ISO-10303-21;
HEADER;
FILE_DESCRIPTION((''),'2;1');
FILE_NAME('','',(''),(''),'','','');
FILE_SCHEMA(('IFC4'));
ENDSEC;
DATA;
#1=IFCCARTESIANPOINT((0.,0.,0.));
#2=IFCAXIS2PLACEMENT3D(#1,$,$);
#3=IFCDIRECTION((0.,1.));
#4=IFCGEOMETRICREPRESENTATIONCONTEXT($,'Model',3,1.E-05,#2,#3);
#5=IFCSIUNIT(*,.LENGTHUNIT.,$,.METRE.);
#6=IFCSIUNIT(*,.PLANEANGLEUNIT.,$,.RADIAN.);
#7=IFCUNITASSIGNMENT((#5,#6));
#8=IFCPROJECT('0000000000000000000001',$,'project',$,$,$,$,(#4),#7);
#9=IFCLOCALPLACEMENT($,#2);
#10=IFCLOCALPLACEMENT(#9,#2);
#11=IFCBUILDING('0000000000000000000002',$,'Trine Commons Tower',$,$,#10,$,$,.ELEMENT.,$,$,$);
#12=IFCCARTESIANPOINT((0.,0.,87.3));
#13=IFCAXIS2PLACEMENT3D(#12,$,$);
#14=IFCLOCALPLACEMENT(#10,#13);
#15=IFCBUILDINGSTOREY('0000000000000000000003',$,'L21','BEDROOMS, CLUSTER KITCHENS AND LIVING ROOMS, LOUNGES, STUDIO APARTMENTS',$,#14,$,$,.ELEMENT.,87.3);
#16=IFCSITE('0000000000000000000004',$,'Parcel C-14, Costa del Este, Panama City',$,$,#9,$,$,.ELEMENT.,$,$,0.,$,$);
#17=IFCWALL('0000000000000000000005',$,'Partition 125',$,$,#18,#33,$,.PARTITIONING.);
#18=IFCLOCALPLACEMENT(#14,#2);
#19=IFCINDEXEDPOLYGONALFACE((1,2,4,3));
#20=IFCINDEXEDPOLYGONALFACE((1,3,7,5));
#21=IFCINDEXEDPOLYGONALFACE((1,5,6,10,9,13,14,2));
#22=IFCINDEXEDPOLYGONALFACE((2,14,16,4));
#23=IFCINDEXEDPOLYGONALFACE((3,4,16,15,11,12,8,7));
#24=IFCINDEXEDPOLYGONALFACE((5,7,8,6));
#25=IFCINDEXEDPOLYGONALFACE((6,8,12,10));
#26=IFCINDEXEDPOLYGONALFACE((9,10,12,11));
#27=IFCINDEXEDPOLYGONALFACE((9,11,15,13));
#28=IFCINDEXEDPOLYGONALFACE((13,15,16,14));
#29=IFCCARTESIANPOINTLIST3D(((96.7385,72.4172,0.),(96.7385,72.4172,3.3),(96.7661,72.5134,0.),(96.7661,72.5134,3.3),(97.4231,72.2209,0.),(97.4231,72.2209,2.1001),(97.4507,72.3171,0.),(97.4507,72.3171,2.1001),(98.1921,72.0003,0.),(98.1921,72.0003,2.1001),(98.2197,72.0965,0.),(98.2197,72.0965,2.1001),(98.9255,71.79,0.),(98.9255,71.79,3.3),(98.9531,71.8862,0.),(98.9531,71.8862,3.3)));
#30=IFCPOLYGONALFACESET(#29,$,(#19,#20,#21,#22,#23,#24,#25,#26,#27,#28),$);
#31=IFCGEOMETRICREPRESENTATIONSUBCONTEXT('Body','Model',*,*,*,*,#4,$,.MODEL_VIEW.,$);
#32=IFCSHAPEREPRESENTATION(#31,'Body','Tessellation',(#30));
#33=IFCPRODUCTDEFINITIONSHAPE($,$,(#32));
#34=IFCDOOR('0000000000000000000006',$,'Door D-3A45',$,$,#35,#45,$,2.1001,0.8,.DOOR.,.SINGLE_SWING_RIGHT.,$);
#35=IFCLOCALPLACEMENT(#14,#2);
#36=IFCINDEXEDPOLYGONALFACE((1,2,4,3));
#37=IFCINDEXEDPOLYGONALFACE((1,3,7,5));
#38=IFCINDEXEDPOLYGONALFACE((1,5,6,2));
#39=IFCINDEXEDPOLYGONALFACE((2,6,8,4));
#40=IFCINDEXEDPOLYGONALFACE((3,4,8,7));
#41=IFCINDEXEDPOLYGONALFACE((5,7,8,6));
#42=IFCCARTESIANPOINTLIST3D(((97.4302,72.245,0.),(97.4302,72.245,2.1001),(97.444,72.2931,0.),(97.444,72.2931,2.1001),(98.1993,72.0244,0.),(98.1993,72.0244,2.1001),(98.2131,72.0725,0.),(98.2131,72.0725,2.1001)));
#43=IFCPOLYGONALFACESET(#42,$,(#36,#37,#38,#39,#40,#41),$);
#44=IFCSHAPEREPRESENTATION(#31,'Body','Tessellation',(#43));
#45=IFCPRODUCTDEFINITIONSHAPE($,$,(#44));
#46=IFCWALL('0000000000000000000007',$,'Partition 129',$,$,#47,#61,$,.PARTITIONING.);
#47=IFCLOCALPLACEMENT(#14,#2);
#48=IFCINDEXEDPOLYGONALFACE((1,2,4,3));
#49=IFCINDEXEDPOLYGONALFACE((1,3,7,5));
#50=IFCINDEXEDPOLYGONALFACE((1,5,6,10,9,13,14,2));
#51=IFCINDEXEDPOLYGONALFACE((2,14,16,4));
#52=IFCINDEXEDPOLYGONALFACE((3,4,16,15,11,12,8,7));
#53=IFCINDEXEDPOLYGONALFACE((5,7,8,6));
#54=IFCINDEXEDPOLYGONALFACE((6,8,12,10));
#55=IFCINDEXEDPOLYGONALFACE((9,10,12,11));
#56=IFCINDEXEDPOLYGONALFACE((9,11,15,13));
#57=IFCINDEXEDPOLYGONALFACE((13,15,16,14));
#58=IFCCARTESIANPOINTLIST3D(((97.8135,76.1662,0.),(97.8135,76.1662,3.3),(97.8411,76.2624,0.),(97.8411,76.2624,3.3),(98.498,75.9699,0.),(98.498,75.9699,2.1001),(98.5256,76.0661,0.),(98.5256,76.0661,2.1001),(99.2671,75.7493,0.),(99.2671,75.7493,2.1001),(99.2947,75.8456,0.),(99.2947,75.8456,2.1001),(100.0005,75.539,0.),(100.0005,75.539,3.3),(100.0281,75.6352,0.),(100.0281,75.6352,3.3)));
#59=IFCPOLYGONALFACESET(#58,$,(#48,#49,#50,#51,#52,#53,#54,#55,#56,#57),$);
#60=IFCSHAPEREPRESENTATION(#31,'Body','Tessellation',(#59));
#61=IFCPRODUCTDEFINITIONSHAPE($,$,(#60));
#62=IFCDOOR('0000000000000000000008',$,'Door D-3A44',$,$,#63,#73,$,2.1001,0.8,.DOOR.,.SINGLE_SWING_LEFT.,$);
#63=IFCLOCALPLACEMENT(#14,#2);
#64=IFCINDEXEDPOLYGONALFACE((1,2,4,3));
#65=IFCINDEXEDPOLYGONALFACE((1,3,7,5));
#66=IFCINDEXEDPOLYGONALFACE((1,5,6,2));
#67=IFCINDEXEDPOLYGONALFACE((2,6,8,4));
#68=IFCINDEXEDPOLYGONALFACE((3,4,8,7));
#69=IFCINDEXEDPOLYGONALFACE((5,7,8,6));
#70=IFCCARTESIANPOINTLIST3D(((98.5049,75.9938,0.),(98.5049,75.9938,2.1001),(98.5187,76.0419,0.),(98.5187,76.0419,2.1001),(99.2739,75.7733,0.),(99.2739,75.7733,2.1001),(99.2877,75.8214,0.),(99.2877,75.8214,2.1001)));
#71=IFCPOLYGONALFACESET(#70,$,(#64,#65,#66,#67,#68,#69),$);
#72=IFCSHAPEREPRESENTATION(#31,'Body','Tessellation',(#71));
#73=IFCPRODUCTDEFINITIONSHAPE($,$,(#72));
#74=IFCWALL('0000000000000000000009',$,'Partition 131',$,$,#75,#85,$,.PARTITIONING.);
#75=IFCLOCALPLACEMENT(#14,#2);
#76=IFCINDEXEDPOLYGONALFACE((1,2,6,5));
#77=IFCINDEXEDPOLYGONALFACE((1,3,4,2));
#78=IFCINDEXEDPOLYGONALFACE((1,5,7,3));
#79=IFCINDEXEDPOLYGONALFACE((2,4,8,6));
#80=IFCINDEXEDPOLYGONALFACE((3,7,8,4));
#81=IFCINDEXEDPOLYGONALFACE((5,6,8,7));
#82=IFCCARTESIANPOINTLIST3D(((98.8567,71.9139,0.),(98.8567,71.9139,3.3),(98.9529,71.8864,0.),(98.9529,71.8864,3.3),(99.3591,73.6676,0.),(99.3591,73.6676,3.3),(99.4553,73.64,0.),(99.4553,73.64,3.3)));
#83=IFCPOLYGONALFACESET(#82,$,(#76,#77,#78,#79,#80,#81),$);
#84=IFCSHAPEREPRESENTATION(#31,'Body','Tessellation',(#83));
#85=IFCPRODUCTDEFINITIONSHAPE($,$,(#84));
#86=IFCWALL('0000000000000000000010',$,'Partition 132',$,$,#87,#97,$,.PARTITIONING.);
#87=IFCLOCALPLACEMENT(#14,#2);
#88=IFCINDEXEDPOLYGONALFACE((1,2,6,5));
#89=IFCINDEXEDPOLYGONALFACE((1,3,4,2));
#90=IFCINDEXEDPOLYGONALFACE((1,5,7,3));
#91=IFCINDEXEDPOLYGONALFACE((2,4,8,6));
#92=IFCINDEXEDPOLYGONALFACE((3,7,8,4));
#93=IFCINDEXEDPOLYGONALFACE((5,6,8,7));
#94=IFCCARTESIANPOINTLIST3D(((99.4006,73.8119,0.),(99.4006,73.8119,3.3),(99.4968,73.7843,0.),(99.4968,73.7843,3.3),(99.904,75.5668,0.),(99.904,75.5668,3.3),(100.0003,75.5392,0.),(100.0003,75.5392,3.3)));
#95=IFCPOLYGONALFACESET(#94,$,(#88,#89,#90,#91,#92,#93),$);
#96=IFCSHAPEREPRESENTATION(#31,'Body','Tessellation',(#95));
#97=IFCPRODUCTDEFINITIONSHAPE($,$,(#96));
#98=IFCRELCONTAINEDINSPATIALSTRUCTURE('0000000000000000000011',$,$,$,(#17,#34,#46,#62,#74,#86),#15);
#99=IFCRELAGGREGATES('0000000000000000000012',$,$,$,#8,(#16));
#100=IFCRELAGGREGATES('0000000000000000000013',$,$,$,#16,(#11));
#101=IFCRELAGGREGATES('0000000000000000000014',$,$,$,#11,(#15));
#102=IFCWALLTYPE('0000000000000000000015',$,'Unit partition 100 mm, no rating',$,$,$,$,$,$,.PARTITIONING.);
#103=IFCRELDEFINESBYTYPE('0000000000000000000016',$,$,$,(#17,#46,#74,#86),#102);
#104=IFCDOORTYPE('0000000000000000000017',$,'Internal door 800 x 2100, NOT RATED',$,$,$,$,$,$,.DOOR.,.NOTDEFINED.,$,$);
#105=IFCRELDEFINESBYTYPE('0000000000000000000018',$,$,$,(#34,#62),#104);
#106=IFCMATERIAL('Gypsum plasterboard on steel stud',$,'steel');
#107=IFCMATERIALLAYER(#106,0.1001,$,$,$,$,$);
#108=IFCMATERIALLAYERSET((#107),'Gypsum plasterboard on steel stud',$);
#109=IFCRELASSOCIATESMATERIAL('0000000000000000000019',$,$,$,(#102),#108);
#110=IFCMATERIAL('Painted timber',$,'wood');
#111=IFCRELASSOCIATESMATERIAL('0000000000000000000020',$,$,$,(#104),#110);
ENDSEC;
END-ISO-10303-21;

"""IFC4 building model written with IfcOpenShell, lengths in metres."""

from ifc_helpers import new_model, si_unit, direction, frame, frame_2d, origin, place, context, subcontext, project, spatial, rectangle, extrude, material, layer, layer_set, type_object, element, fill, save


model = new_model("IFC4")

# Units and contexts
model_context = context("Model", 3, precision=1e-05, world=origin(), true_north=direction((0.0, 1.0)))
body_context = subcontext(model_context, "Body", "Model", "MODEL_VIEW")
ifc_project = project(units=[si_unit("LENGTHUNIT", "METRE"), si_unit("PLANEANGLEUNIT", "RADIAN")], contexts=[model_context])

# Site, building, storey
site_placement = place(None, origin())
site = spatial("IfcSite", under=ifc_project, at=site_placement, Name="Parcel C-14, Costa del Este, Panama City", CompositionType="ELEMENT", RefElevation=0.0)
building_placement = place(site_placement, origin())
building = spatial("IfcBuilding", under=site, at=building_placement, Name="Trine Commons Tower", CompositionType="ELEMENT")
storey_placement = place(building_placement, frame((0.0, 0.0, 87.3)))
storey = spatial("IfcBuildingStorey", under=building, at=storey_placement, Name="L21", Description="BEDROOMS, CLUSTER KITCHENS AND LIVING ROOMS, LOUNGES, STUDIO APARTMENTS", CompositionType="ELEMENT", Elevation=87.3)

# Shared definitions
ifc_material_1 = material(Name="Gypsum plasterboard on steel stud", Category="steel")

# Walls, openings, doors
ifc_layer_1 = layer(ifc_material_1, 0.1001)
ifc_layer_set_1 = layer_set([ifc_layer_1], Name="Gypsum plasterboard on steel stud")
wall_type_1 = type_object("IfcWallType", Name="Unit partition 100 mm, no rating", PredefinedType="PARTITIONING", material=ifc_layer_set_1)
wall_1_placement = place(storey_placement, frame((96.7522, 72.4653, 0.0), z_axis=(0.0, 0.0, 1.0), x_axis=(0.961252, -0.275671, 0.0)))
wall_1 = element("IfcWall", 1, at=wall_1_placement, inside=storey, type_object=wall_type_1, Name="Partition 125", PredefinedType="PARTITIONING", context=body_context, shape_type="SweptSolid", body=[
    extrude(rectangle(XDim=2.2751, YDim=0.1001, at=frame_2d((1.1377, 0.0))), origin(), (0.0, 0.0, 1.0), 3.3),
])
opening_1_placement = place(wall_1_placement, frame((0.7124, 0.0, 0.0)))
opening_1 = element("IfcOpeningElement", 2, at=opening_1_placement, cuts=wall_1, PredefinedType="OPENING", context=body_context, shape_type="SweptSolid", body=[
    extrude(rectangle(XDim=0.8, YDim=2.1001, at=frame_2d((0.3999, 1.05))), frame((0.0, 0.0601, 0.0), z_axis=(0.0, -1.0, 0.0), x_axis=(1.0, 0.0, 0.0)), (0.0, 0.0, 1.0), 0.1201),
])
ifc_material_2 = material(Name="Painted timber", Category="wood")
door_type_1 = type_object("IfcDoorType", Name="Internal door 800 x 2100, NOT RATED", OperationType="NOTDEFINED", PredefinedType="DOOR", material=ifc_material_2)
door_1_placement = place(opening_1_placement, frame((0.8, 0.0, 0.0), z_axis=(0.0, 0.0, 1.0), x_axis=(-1.0, 0.0, 0.0)))
door_1 = element("IfcDoor", 3, at=door_1_placement, inside=storey, type_object=door_type_1, Name="Door D-3A45", OperationType="SINGLE_SWING_RIGHT", OverallHeight=2.1001, OverallWidth=0.8, PredefinedType="DOOR", context=body_context, shape_type="SweptSolid", body=[
    extrude(rectangle(XDim=0.8, YDim=2.1001, at=frame_2d((0.3999, 1.05))), frame((0.0, 0.0249, 0.0), z_axis=(0.0, -1.0, 0.0), x_axis=(1.0, 0.0, 0.0)), (0.0, 0.0, 1.0), 0.05),
])
fill(opening_1, door_1)
wall_2_placement = place(storey_placement, frame((97.8271, 76.2144, 0.0), z_axis=(0.0, 0.0, 1.0), x_axis=(0.961252, -0.275671, 0.0)))
wall_2 = element("IfcWall", 4, at=wall_2_placement, inside=storey, type_object=wall_type_1, Name="Partition 129", PredefinedType="PARTITIONING", context=body_context, shape_type="SweptSolid", body=[
    extrude(rectangle(XDim=2.2751, YDim=0.1001, at=frame_2d((1.1377, 0.0))), origin(), (0.0, 0.0, 1.0), 3.3),
])
opening_2_placement = place(wall_2_placement, frame((0.7124, 0.0, 0.0)))
opening_2 = element("IfcOpeningElement", 5, at=opening_2_placement, cuts=wall_2, PredefinedType="OPENING", context=body_context, shape_type="SweptSolid", body=[
    extrude(rectangle(XDim=0.8, YDim=2.1001, at=frame_2d((0.3999, 1.05))), frame((0.0, 0.0601, 0.0), z_axis=(0.0, -1.0, 0.0), x_axis=(1.0, 0.0, 0.0)), (0.0, 0.0, 1.0), 0.1201),
])
door_2_placement = place(opening_2_placement, origin())
door_2 = element("IfcDoor", 6, at=door_2_placement, inside=storey, type_object=door_type_1, Name="Door D-3A44", OperationType="SINGLE_SWING_LEFT", OverallHeight=2.1001, OverallWidth=0.8, PredefinedType="DOOR", context=body_context, shape_type="SweptSolid", body=[
    extrude(rectangle(XDim=0.8, YDim=2.1001, at=frame_2d((0.3999, 1.05))), frame((0.0, 0.0249, 0.0), z_axis=(0.0, -1.0, 0.0), x_axis=(1.0, 0.0, 0.0)), (0.0, 0.0, 1.0), 0.05),
])
fill(opening_2, door_2)

# Walls
wall_3_placement = place(storey_placement, frame((98.9048, 71.9001, 0.0), z_axis=(0.0, 0.0, 1.0), x_axis=(0.275428, 0.961322, 0.0)))
element("IfcWall", 7, at=wall_3_placement, inside=storey, type_object=wall_type_1, Name="Partition 131", PredefinedType="PARTITIONING", context=body_context, shape_type="SweptSolid", body=[
    extrude(rectangle(XDim=1.8242, YDim=0.1001, at=frame_2d((0.9121, 0.0))), origin(), (0.0, 0.0, 1.0), 3.3),
])
wall_4_placement = place(storey_placement, frame((99.4487, 73.7981, 0.0), z_axis=(0.0, 0.0, 1.0), x_axis=(0.275745, 0.961231, 0.0)))
element("IfcWall", 8, at=wall_4_placement, inside=storey, type_object=wall_type_1, Name="Partition 132", PredefinedType="PARTITIONING", context=body_context, shape_type="SweptSolid", body=[
    extrude(rectangle(XDim=1.8257, YDim=0.1001, at=frame_2d((0.9128, 0.0))), origin(), (0.0, 0.0, 1.0), 3.3),
])

save(model, "model.ifc")
